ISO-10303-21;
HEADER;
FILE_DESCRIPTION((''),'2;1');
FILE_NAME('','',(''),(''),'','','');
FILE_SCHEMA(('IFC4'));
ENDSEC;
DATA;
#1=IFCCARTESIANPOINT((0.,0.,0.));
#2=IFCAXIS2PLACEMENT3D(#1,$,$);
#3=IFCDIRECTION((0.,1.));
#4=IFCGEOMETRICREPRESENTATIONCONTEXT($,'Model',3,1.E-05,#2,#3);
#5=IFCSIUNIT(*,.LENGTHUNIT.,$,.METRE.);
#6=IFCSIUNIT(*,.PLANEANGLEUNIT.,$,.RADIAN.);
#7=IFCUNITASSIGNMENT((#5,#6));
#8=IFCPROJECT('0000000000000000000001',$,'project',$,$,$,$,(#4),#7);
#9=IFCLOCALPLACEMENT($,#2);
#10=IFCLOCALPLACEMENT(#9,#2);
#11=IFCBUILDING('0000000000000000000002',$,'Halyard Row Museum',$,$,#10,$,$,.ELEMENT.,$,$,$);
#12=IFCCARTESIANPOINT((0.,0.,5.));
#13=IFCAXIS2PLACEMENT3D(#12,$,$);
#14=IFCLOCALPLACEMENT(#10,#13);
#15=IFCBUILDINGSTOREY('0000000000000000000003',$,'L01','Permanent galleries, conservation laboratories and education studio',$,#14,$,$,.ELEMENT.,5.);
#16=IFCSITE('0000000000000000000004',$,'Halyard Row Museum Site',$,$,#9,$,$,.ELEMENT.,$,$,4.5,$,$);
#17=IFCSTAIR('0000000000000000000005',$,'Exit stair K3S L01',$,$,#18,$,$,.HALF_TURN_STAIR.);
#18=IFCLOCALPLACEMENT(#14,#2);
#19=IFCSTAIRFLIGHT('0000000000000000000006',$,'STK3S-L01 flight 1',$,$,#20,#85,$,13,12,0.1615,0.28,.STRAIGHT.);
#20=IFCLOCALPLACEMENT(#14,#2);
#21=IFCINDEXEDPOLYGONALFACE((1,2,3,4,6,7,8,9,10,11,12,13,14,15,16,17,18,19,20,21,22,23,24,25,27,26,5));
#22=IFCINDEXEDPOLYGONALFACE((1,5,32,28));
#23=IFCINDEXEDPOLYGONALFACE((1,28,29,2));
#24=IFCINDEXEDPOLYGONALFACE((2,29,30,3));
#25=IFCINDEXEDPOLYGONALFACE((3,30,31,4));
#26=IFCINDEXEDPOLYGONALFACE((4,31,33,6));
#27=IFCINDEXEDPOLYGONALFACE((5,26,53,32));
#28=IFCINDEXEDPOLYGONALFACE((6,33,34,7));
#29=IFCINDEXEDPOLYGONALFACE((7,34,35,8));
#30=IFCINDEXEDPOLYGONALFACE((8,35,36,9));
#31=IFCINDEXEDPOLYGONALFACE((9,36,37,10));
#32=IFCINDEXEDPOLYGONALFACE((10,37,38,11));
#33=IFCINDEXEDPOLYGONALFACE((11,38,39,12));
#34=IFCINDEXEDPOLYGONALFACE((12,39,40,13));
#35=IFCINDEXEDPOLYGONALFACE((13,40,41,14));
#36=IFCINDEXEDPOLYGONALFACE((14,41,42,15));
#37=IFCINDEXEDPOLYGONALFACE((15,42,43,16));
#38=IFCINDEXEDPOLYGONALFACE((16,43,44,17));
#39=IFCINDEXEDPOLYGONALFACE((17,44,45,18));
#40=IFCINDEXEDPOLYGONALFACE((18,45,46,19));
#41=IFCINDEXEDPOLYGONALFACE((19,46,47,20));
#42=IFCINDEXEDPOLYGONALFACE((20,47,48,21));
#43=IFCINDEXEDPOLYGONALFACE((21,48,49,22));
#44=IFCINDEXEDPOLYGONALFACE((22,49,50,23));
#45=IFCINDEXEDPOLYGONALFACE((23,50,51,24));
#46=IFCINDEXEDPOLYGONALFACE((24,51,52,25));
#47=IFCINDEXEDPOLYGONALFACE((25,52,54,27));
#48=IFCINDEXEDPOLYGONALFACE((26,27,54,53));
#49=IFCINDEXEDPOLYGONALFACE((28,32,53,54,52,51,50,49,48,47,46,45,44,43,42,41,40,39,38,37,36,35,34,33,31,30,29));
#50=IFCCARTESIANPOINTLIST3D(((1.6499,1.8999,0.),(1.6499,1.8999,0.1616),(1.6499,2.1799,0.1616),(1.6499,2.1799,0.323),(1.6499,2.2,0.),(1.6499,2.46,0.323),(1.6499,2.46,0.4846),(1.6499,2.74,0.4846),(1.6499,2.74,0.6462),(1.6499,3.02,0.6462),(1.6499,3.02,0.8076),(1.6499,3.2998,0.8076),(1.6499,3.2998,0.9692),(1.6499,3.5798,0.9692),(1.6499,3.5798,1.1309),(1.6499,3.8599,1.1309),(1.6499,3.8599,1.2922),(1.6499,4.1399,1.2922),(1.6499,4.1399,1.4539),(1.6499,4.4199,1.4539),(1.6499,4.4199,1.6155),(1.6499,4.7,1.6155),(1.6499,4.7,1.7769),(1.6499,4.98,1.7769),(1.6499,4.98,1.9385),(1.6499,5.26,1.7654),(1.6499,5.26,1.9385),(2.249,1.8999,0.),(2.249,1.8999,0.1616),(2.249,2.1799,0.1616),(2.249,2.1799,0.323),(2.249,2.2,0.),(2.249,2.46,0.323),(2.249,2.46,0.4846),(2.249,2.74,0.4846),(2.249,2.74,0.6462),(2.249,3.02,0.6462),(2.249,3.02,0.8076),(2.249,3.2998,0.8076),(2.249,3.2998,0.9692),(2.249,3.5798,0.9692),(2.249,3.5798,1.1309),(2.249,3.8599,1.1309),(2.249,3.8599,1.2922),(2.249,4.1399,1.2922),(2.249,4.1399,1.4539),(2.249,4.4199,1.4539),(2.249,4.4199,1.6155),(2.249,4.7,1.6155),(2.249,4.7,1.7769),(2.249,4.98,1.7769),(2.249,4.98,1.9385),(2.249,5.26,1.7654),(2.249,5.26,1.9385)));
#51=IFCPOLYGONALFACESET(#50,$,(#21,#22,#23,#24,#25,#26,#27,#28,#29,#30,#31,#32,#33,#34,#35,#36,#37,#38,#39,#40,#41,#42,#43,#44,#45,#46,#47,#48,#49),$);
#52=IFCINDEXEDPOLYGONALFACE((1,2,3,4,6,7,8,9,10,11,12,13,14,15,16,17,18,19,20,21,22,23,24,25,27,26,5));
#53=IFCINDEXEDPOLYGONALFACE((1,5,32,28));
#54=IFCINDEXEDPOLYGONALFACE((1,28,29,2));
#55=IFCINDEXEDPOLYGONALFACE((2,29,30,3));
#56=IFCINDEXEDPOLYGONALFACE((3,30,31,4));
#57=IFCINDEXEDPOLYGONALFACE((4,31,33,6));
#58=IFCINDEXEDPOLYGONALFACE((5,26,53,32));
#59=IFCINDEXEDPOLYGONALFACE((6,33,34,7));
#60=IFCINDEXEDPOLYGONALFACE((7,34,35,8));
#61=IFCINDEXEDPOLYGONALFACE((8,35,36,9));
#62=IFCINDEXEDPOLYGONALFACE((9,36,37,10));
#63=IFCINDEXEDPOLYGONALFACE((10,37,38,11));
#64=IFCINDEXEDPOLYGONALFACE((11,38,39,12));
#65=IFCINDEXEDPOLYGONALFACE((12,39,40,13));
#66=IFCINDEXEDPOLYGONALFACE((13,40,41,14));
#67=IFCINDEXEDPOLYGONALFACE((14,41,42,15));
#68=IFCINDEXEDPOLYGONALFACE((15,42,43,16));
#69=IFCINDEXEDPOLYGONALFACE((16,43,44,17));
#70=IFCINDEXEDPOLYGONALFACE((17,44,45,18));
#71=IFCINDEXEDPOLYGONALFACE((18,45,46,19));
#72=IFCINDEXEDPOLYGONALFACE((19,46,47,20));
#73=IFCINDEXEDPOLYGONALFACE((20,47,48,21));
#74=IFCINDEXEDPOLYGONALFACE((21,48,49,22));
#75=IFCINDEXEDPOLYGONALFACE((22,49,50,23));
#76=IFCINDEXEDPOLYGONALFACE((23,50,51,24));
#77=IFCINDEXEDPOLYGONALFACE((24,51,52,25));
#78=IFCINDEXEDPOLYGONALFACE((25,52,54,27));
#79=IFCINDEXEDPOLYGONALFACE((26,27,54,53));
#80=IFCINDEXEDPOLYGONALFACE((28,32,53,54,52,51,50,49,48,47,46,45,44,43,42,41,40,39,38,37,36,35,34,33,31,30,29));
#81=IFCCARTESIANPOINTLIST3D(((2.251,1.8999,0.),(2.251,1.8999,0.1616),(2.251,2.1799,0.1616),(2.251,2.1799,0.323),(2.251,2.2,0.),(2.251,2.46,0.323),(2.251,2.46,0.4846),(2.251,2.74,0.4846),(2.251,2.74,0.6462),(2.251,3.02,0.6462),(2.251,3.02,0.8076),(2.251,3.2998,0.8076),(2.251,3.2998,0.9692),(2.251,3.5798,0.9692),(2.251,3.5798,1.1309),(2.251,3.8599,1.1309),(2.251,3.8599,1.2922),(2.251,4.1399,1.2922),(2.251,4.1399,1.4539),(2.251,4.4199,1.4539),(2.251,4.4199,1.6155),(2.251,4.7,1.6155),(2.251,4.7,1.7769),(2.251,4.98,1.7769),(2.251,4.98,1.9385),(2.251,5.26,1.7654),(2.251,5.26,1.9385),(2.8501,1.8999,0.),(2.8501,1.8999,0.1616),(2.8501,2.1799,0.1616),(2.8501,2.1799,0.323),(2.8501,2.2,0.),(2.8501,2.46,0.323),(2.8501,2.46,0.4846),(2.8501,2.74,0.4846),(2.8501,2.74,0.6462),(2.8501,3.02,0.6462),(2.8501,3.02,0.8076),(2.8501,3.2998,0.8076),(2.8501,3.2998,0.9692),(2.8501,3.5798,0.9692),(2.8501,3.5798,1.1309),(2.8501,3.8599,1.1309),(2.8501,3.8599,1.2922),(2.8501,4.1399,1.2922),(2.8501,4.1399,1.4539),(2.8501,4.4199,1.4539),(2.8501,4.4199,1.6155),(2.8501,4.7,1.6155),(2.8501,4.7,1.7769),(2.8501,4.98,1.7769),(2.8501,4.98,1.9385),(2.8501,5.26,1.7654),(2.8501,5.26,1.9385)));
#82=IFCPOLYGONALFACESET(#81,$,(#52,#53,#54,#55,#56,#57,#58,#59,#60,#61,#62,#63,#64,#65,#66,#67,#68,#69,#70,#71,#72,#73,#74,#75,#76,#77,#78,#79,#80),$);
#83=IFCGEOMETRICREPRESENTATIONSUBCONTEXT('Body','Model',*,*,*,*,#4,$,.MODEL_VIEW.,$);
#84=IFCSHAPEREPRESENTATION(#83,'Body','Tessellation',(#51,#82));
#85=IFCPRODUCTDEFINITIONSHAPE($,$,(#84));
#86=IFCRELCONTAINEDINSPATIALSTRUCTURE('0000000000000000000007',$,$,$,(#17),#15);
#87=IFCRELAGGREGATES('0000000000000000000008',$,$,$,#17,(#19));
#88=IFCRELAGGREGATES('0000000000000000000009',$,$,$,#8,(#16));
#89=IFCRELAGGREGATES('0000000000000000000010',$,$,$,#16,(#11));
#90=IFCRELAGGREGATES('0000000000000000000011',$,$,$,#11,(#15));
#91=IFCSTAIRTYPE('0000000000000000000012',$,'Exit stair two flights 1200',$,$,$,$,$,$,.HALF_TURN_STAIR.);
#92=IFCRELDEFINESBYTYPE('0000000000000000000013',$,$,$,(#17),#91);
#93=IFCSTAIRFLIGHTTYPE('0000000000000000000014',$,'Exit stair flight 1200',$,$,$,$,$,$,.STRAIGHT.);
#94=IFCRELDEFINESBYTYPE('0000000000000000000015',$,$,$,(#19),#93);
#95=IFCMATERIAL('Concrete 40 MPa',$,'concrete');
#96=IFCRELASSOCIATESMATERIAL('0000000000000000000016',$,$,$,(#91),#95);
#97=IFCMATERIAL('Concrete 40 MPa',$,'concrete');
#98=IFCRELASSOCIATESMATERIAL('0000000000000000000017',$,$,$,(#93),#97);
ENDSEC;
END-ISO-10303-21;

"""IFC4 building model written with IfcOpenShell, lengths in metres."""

from ifc_helpers import new_model, si_unit, direction, frame, origin, place, context, subcontext, project, spatial, polyline, outline, extrude, material, type_object, element, aggregate, save


model = new_model("IFC4")

# Units and contexts
model_context = context("Model", 3, precision=1e-05, world=origin(), true_north=direction((0.0, 1.0)))
body_context = subcontext(model_context, "Body", "Model", "MODEL_VIEW")
ifc_project = project(units=[si_unit("LENGTHUNIT", "METRE"), si_unit("PLANEANGLEUNIT", "RADIAN")], contexts=[model_context])

# Site, building, storey
site_placement = place(None, origin())
site = spatial("IfcSite", under=ifc_project, at=site_placement, Name="Halyard Row Museum Site", CompositionType="ELEMENT", RefElevation=4.5)
building_placement = place(site_placement, origin())
building = spatial("IfcBuilding", under=site, at=building_placement, Name="Halyard Row Museum", CompositionType="ELEMENT")
storey_placement = place(building_placement, frame((0.0, 0.0, 5.0)))
storey = spatial("IfcBuildingStorey", under=building, at=storey_placement, Name="L01", Description="Permanent galleries, conservation laboratories and education studio", CompositionType="ELEMENT", Elevation=5.0)

# Stair, stair flight
ifc_material_1 = material(Name="Concrete 40 MPa", Category="concrete")
stair_type = type_object("IfcStairType", Name="Exit stair two flights 1200", PredefinedType="HALF_TURN_STAIR", material=ifc_material_1)
stair_placement = place(storey_placement, origin())
stair = element("IfcStair", 1, at=stair_placement, inside=storey, type_object=stair_type, Name="Exit stair K3S L01", PredefinedType="HALF_TURN_STAIR")
ifc_material_2 = material(Name="Concrete 40 MPa", Category="concrete")
stair_flight_type = type_object("IfcStairFlightType", Name="Exit stair flight 1200", PredefinedType="STRAIGHT", material=ifc_material_2)
stair_flight_placement = place(storey_placement, frame((2.25, 1.8999, 0.0), z_axis=(0.0, 0.0, 1.0), x_axis=(0.0, 1.0, 0.0)))
stair_flight = element("IfcStairFlight", 2, at=stair_flight_placement, type_object=stair_flight_type, Name="STK3S-L01 flight 1", NumberOfRisers=13, NumberOfTreads=12, PredefinedType="STRAIGHT", RiserHeight=0.1615, TreadLength=0.28, context=body_context, shape_type="SweptSolid", body=[
    extrude(outline(polyline([(0.0, 0.0), (0.0, 0.1616), (0.28, 0.1616), (0.28, 0.323), (0.5601, 0.323), (0.5601, 0.4846), (0.8401, 0.4846), (0.8401, 0.6462), (1.1201, 0.6462), (1.1201, 0.8076), (1.3999, 0.8076), (1.3999, 0.9692), (1.6799, 0.9692), (1.6799, 1.1309), (1.96, 1.1309), (1.96, 1.2922), (2.24, 1.2922), (2.24, 1.4539), (2.52, 1.4539), (2.52, 1.6155), (2.8, 1.6155), (2.8, 1.7769), (3.0801, 1.7769), (3.0801, 1.9385), (3.3601, 1.9385), (3.3601, 2.1001), (3.3601, 1.7654), (0.3, 0.0), (0.0, 0.0)])), frame((0.0, 0.6001, 0.0), z_axis=(0.0, -1.0, 0.0), x_axis=(1.0, 0.0, 0.0)), (0.0, 0.0, 1.0), 0.5991),
    extrude(outline(polyline([(0.0, 0.0), (0.0, 0.1616), (0.28, 0.1616), (0.28, 0.323), (0.5601, 0.323), (0.5601, 0.4846), (0.8401, 0.4846), (0.8401, 0.6462), (1.1201, 0.6462), (1.1201, 0.8076), (1.3999, 0.8076), (1.3999, 0.9692), (1.6799, 0.9692), (1.6799, 1.1309), (1.96, 1.1309), (1.96, 1.2922), (2.24, 1.2922), (2.24, 1.4539), (2.52, 1.4539), (2.52, 1.6155), (2.8, 1.6155), (2.8, 1.7769), (3.0801, 1.7769), (3.0801, 1.9385), (3.3601, 1.9385), (3.3601, 2.1001), (3.3601, 1.7654), (0.3, 0.0), (0.0, 0.0)])), frame((0.0, -0.001, 0.0), z_axis=(0.0, -1.0, 0.0), x_axis=(1.0, 0.0, 0.0)), (0.0, 0.0, 1.0), 0.5991),
])
aggregate(stair, [stair_flight])

save(model, "model.ifc")
